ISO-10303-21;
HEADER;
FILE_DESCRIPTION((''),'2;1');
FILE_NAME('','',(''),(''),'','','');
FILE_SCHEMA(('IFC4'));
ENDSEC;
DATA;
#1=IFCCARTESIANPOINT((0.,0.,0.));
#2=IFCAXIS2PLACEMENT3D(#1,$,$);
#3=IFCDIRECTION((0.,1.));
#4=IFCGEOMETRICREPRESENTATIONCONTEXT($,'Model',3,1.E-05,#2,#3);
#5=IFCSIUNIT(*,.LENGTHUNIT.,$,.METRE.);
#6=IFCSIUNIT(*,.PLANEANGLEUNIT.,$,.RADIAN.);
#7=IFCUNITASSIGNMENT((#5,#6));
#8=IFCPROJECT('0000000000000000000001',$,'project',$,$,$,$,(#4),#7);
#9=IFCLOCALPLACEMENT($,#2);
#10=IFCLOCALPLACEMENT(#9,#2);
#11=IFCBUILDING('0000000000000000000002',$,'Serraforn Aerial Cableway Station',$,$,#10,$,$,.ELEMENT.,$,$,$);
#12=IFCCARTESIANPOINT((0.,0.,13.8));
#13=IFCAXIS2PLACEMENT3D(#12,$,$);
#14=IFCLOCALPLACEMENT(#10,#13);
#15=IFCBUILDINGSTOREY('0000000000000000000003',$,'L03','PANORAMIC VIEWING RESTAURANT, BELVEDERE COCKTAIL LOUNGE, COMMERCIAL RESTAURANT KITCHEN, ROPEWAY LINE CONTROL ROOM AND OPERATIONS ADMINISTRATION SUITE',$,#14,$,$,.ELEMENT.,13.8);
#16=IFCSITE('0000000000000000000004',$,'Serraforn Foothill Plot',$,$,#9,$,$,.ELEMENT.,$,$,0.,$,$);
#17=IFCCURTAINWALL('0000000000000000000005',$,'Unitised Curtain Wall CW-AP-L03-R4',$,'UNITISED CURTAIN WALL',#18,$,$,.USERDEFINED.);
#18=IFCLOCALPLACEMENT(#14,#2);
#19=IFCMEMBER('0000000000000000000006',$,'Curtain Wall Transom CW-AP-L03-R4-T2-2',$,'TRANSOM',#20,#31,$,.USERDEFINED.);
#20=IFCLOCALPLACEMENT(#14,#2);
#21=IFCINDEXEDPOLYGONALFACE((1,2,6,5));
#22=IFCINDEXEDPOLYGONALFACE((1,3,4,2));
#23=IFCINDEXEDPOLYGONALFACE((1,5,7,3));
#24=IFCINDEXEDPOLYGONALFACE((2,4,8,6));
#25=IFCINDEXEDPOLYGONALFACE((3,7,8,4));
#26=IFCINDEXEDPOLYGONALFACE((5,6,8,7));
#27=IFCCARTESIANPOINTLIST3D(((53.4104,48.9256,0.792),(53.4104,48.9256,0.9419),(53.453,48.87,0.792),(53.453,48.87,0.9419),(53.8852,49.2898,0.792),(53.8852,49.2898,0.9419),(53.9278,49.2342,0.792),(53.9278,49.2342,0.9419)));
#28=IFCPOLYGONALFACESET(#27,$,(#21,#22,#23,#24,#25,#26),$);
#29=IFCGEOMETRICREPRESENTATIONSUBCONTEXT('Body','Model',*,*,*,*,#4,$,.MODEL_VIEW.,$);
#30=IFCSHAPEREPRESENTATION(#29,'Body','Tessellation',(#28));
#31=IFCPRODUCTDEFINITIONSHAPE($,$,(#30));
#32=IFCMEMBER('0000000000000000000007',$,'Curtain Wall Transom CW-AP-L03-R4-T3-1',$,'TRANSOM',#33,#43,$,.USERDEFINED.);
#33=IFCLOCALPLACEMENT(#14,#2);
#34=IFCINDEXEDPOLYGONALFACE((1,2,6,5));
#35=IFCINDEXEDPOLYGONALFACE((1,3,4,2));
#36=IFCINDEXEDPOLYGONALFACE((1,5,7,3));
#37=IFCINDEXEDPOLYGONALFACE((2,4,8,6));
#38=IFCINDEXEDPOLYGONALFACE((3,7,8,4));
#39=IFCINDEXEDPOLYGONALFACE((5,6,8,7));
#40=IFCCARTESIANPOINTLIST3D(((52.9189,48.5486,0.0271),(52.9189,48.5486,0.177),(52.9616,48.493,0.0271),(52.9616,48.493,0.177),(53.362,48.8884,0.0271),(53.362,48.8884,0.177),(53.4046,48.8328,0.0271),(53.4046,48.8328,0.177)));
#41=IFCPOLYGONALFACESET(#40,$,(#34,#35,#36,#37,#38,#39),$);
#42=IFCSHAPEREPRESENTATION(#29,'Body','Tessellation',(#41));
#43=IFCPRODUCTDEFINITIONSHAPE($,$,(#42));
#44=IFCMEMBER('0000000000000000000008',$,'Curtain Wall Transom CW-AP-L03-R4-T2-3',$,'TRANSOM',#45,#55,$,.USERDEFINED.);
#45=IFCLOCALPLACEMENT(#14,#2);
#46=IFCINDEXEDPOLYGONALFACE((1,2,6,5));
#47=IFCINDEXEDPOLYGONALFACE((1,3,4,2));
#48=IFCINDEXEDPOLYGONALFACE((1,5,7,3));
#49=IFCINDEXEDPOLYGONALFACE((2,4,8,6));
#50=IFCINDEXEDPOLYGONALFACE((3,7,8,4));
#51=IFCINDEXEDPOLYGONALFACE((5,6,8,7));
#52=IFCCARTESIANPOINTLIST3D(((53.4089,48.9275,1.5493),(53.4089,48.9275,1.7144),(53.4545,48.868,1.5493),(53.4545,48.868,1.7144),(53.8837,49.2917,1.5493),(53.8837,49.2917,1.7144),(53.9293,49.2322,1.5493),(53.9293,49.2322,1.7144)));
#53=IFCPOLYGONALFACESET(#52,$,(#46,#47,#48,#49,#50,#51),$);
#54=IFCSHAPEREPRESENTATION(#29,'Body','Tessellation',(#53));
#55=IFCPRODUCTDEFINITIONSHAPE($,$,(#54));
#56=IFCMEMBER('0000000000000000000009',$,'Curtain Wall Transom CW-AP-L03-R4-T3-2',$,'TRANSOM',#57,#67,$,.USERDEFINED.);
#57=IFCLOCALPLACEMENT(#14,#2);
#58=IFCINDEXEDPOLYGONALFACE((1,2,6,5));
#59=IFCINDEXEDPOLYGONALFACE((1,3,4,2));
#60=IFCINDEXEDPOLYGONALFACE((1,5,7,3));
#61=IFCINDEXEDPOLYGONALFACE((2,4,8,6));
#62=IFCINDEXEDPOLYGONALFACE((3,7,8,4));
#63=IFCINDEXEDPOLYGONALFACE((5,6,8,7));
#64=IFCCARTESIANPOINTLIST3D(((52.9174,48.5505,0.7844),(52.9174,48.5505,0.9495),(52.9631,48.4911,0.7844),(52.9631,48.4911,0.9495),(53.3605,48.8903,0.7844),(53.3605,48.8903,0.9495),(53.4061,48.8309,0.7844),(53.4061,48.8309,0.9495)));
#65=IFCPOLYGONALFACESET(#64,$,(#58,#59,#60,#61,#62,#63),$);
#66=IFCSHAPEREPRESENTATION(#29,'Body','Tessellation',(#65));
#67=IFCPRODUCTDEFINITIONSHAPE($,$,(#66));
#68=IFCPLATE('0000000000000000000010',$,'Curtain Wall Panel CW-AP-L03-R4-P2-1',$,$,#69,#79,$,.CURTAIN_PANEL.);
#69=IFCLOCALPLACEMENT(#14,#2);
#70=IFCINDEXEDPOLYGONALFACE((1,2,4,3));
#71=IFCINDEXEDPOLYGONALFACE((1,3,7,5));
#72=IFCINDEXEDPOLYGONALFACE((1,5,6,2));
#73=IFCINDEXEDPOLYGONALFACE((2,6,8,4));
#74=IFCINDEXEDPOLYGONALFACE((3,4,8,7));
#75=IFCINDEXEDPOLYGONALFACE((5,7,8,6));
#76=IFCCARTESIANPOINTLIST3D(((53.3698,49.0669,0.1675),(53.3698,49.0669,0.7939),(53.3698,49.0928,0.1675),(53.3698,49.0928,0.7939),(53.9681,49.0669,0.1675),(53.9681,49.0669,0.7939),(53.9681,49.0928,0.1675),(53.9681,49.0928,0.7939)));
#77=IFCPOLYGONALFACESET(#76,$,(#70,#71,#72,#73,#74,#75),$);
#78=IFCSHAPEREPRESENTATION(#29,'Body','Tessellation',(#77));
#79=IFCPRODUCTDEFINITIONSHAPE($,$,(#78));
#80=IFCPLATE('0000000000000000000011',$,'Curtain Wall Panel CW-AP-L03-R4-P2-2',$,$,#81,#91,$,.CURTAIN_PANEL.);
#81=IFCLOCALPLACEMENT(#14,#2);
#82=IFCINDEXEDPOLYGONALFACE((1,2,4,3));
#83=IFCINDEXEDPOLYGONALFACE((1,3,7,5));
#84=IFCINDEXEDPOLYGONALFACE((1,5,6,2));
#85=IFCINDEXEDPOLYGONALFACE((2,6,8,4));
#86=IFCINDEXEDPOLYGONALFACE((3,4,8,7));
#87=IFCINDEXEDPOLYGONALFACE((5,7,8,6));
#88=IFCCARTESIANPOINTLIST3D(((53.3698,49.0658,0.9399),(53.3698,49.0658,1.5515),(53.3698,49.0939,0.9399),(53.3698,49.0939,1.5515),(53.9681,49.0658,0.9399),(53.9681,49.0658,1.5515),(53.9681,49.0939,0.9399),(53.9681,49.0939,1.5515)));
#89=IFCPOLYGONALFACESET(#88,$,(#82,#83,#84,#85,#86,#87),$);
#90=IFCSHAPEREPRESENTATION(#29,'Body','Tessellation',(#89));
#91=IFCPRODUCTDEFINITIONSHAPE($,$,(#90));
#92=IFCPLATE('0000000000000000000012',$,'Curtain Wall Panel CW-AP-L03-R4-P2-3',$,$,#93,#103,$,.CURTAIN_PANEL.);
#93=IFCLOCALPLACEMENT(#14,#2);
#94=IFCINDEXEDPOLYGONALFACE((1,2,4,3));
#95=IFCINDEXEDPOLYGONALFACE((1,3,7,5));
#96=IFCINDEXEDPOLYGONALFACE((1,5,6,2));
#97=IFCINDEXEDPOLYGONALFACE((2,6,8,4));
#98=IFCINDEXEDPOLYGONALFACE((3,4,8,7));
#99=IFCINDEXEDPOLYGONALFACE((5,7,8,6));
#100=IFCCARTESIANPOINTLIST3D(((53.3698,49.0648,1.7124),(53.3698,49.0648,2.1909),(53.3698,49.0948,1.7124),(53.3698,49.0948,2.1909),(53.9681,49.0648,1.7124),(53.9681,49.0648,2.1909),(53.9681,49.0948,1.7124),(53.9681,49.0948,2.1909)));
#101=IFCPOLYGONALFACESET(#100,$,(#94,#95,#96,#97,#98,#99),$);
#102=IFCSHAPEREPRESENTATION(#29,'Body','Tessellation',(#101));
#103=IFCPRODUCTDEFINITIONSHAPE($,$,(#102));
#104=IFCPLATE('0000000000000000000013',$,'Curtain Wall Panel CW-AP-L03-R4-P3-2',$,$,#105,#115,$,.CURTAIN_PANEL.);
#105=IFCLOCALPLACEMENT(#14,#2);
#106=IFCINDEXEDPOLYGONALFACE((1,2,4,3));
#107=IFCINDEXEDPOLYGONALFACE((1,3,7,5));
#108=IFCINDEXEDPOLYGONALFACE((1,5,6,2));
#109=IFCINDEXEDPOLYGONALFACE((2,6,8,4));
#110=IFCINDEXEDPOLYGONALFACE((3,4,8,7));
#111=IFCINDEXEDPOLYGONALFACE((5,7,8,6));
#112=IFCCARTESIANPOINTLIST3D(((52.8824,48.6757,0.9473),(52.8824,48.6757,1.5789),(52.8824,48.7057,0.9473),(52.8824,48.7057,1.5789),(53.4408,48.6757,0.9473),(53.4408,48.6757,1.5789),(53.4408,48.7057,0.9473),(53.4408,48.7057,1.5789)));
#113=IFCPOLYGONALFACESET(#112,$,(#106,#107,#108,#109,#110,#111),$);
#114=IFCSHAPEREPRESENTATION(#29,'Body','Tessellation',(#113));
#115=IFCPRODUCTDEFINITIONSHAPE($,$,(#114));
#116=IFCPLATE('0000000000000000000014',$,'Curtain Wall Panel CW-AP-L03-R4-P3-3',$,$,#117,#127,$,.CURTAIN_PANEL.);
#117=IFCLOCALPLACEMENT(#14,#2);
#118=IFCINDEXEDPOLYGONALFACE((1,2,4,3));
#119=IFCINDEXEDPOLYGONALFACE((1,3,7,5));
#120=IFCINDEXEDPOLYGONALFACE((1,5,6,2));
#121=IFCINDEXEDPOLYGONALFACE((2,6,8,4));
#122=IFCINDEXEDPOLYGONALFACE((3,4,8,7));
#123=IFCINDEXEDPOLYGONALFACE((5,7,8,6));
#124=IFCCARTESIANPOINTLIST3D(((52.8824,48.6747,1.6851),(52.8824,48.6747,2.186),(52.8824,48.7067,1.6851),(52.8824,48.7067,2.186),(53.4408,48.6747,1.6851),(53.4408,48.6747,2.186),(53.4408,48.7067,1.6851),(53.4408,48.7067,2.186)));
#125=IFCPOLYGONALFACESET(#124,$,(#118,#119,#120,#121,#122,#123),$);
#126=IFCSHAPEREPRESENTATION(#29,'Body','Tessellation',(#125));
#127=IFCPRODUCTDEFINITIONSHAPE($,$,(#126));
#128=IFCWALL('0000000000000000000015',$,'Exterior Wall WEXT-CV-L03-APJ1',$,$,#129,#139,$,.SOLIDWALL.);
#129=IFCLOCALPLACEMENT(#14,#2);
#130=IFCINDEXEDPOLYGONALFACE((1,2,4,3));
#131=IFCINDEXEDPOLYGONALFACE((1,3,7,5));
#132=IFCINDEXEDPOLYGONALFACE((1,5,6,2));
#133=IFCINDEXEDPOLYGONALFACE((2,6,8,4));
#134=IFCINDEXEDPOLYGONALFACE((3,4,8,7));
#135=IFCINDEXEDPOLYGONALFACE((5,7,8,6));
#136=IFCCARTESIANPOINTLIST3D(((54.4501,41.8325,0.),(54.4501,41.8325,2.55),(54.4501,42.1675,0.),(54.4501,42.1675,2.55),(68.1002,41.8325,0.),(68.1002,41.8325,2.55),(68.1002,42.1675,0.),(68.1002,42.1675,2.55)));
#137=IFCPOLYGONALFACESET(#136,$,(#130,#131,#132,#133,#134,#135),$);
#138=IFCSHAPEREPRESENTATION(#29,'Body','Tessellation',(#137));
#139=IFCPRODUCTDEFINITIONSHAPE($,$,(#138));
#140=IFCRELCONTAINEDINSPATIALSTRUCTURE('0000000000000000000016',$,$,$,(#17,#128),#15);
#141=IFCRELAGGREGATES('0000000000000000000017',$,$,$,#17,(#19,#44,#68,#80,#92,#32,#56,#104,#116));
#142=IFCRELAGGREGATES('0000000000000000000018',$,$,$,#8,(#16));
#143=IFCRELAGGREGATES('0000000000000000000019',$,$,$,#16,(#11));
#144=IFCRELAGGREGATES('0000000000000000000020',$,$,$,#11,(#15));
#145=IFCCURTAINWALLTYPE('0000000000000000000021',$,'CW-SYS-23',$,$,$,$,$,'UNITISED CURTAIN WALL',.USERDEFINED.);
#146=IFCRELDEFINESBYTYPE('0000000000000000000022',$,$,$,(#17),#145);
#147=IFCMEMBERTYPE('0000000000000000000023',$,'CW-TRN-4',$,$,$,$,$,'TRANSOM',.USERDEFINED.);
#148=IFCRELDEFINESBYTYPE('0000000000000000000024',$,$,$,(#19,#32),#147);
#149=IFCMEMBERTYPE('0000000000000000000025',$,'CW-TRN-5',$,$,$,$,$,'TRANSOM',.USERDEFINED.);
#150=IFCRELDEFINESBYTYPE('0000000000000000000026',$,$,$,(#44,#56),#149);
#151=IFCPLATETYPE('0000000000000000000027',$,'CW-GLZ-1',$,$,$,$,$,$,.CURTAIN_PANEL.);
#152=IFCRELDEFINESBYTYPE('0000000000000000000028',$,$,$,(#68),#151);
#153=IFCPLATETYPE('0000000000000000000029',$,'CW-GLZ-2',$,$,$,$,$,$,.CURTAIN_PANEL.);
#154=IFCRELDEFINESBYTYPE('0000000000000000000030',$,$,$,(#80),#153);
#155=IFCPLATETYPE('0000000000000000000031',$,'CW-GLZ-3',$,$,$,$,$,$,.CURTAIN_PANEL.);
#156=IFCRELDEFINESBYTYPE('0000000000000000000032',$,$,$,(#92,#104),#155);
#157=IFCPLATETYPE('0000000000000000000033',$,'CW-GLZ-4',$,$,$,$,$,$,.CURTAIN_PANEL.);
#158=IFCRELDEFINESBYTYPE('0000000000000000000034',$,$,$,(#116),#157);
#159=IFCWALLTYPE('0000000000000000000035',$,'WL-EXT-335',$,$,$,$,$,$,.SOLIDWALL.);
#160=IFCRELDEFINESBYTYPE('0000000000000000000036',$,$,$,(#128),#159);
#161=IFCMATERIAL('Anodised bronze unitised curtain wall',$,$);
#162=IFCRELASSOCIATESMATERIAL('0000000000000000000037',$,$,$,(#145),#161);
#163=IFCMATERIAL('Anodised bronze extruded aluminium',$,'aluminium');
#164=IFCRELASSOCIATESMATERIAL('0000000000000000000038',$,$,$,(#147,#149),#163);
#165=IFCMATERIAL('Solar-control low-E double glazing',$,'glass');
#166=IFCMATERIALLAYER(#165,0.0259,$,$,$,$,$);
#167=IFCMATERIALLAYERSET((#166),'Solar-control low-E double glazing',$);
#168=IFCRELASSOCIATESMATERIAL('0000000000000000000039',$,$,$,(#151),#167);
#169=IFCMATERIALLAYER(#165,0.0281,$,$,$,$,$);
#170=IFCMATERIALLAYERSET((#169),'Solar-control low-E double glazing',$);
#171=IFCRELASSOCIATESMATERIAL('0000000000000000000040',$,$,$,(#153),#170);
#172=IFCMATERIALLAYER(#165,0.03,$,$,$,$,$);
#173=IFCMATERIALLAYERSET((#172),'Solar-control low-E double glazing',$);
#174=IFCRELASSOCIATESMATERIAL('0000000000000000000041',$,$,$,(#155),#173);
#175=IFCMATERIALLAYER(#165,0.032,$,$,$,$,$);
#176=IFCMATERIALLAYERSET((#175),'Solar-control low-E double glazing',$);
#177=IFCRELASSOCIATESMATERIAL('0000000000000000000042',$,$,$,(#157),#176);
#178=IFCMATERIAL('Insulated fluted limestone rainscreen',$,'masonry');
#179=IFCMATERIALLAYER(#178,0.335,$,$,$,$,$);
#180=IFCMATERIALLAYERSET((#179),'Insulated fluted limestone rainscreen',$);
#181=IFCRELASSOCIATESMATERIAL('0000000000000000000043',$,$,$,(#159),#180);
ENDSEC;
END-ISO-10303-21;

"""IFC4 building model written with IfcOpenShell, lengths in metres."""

from ifc_helpers import new_model, si_unit, direction, frame, frame_2d, origin, origin_2d, place, context, subcontext, project, spatial, rectangle, extrude, material, layer, layer_set, material_profile, profile_set, type_object, element, aggregate, save


model = new_model("IFC4")

# Units and contexts
model_context = context("Model", 3, precision=1e-05, world=origin(), true_north=direction((0.0, 1.0)))
body_context = subcontext(model_context, "Body", "Model", "MODEL_VIEW")
ifc_project = project(units=[si_unit("LENGTHUNIT", "METRE"), si_unit("PLANEANGLEUNIT", "RADIAN")], contexts=[model_context])

# Site, building, storey
site_placement = place(None, origin())
site = spatial("IfcSite", under=ifc_project, at=site_placement, Name="Serraforn Foothill Plot", CompositionType="ELEMENT", RefElevation=0.0)
building_placement = place(site_placement, origin())
building = spatial("IfcBuilding", under=site, at=building_placement, Name="Serraforn Aerial Cableway Station", CompositionType="ELEMENT")
storey_placement = place(building_placement, frame((0.0, 0.0, 13.8)))
storey = spatial("IfcBuildingStorey", under=building, at=storey_placement, Name="L03", Description="PANORAMIC VIEWING RESTAURANT, BELVEDERE COCKTAIL LOUNGE, COMMERCIAL RESTAURANT KITCHEN, ROPEWAY LINE CONTROL ROOM AND OPERATIONS ADMINISTRATION SUITE", CompositionType="ELEMENT", Elevation=13.8)

# Curtain wall, members, plates
ifc_material_1 = material(Name="Anodised bronze unitised curtain wall")
curtain_wall_type = type_object("IfcCurtainWallType", Name="CW-SYS-23", ElementType="UNITISED CURTAIN WALL", PredefinedType="USERDEFINED", material=ifc_material_1)
curtain_wall_placement = place(storey_placement, origin())
curtain_wall = element("IfcCurtainWall", 1, at=curtain_wall_placement, inside=storey, type_object=curtain_wall_type, Name="Unitised Curtain Wall CW-AP-L03-R4", ObjectType="UNITISED CURTAIN WALL", PredefinedType="USERDEFINED")
ifc_material_2 = material(Name="Anodised bronze extruded aluminium", Category="aluminium")
ifc_material_profile_1 = material_profile(ifc_material_2, rectangle(XDim=0.0701, YDim=0.1499, at=origin_2d()), Name="CW TRANSOM 70x150")
ifc_profile_set_1 = profile_set([ifc_material_profile_1], Name="Anodised bronze extruded aluminium")
member_type_1 = type_object("IfcMemberType", Name="CW-TRN-4", ElementType="TRANSOM", PredefinedType="USERDEFINED", material=ifc_profile_set_1)
member_1_placement = place(storey_placement, frame((53.9065, 49.262, 0.8669), z_axis=(-0.793442, -0.608646, 0.0), x_axis=(0.608646, -0.793442, 0.0)))
member_1 = element("IfcMember", 2, at=member_1_placement, type_object=member_type_1, Name="Curtain Wall Transom CW-AP-L03-R4-T2-2", ObjectType="TRANSOM", PredefinedType="USERDEFINED", context=body_context, shape_type="SweptSolid", body=[
    extrude(rectangle(XDim=0.0701, YDim=0.1499, at=origin_2d()), origin(), (0.0, 0.0, 1.0), 0.5984),
])
member_2_placement = place(storey_placement, frame((53.3833, 48.8606, 0.1021), z_axis=(-0.793501, -0.608569, 0.0), x_axis=(0.608569, -0.793501, 0.0)))
member_2 = element("IfcMember", 3, at=member_2_placement, type_object=member_type_1, Name="Curtain Wall Transom CW-AP-L03-R4-T3-1", ObjectType="TRANSOM", PredefinedType="USERDEFINED", context=body_context, shape_type="SweptSolid", body=[
    extrude(rectangle(XDim=0.0701, YDim=0.1499, at=origin_2d()), origin(), (0.0, 0.0, 1.0), 0.5583),
])
ifc_material_profile_2 = material_profile(ifc_material_2, rectangle(XDim=0.075, YDim=0.165, at=origin_2d()), Name="CW TRANSOM 75x165")
ifc_profile_set_2 = profile_set([ifc_material_profile_2], Name="Anodised bronze extruded aluminium")
member_type_2 = type_object("IfcMemberType", Name="CW-TRN-5", ElementType="TRANSOM", PredefinedType="USERDEFINED", material=ifc_profile_set_2)
member_3_placement = place(storey_placement, frame((53.9065, 49.262, 1.6318), z_axis=(-0.793442, -0.608646, 0.0), x_axis=(0.608646, -0.793442, 0.0)))
member_3 = element("IfcMember", 4, at=member_3_placement, type_object=member_type_2, Name="Curtain Wall Transom CW-AP-L03-R4-T2-3", ObjectType="TRANSOM", PredefinedType="USERDEFINED", context=body_context, shape_type="SweptSolid", body=[
    extrude(rectangle(XDim=0.075, YDim=0.165, at=origin_2d()), origin(), (0.0, 0.0, 1.0), 0.5984),
])
member_4_placement = place(storey_placement, frame((53.3833, 48.8606, 0.8669), z_axis=(-0.793501, -0.608569, 0.0), x_axis=(0.608569, -0.793501, 0.0)))
member_4 = element("IfcMember", 5, at=member_4_placement, type_object=member_type_2, Name="Curtain Wall Transom CW-AP-L03-R4-T3-2", ObjectType="TRANSOM", PredefinedType="USERDEFINED", context=body_context, shape_type="SweptSolid", body=[
    extrude(rectangle(XDim=0.075, YDim=0.165, at=origin_2d()), origin(), (0.0, 0.0, 1.0), 0.5583),
])
ifc_material_3 = material(Name="Solar-control low-E double glazing", Category="glass")
ifc_layer_1 = layer(ifc_material_3, 0.0259)
ifc_layer_set_1 = layer_set([ifc_layer_1], Name="Solar-control low-E double glazing")
plate_type_1 = type_object("IfcPlateType", Name="CW-GLZ-1", PredefinedType="CURTAIN_PANEL", material=ifc_layer_set_1)
plate_1_placement = place(storey_placement, frame((53.6689, 49.0798, 0.1675), z_axis=(0.0, 0.0, 1.0), x_axis=(1.0, 0.0, 0.0)))
plate_1 = element("IfcPlate", 6, at=plate_1_placement, type_object=plate_type_1, Name="Curtain Wall Panel CW-AP-L03-R4-P2-1", PredefinedType="CURTAIN_PANEL", context=body_context, shape_type="SweptSolid", body=[
    extrude(rectangle(XDim=0.5984, YDim=0.0259, at=origin_2d()), origin(), (0.0, 0.0, 1.0), 0.6265),
])
ifc_layer_2 = layer(ifc_material_3, 0.0281)
ifc_layer_set_2 = layer_set([ifc_layer_2], Name="Solar-control low-E double glazing")
plate_type_2 = type_object("IfcPlateType", Name="CW-GLZ-2", PredefinedType="CURTAIN_PANEL", material=ifc_layer_set_2)
plate_2_placement = place(storey_placement, frame((53.6689, 49.0798, 0.9399), z_axis=(0.0, 0.0, 1.0), x_axis=(1.0, 0.0, 0.0)))
plate_2 = element("IfcPlate", 7, at=plate_2_placement, type_object=plate_type_2, Name="Curtain Wall Panel CW-AP-L03-R4-P2-2", PredefinedType="CURTAIN_PANEL", context=body_context, shape_type="SweptSolid", body=[
    extrude(rectangle(XDim=0.5984, YDim=0.0281, at=origin_2d()), origin(), (0.0, 0.0, 1.0), 0.6116),
])
ifc_layer_3 = layer(ifc_material_3, 0.03)
ifc_layer_set_3 = layer_set([ifc_layer_3], Name="Solar-control low-E double glazing")
plate_type_3 = type_object("IfcPlateType", Name="CW-GLZ-3", PredefinedType="CURTAIN_PANEL", material=ifc_layer_set_3)
plate_3_placement = place(storey_placement, frame((53.6689, 49.0798, 1.7124), z_axis=(0.0, 0.0, 1.0), x_axis=(1.0, 0.0, 0.0)))
plate_3 = element("IfcPlate", 8, at=plate_3_placement, type_object=plate_type_3, Name="Curtain Wall Panel CW-AP-L03-R4-P2-3", PredefinedType="CURTAIN_PANEL", context=body_context, shape_type="SweptSolid", body=[
    extrude(rectangle(XDim=0.5984, YDim=0.03, at=origin_2d()), origin(), (0.0, 0.0, 1.0), 0.4785),
])
plate_4_placement = place(storey_placement, frame((53.1616, 48.6907, 0.9473), z_axis=(0.0, 0.0, 1.0), x_axis=(1.0, 0.0, 0.0)))
plate_4 = element("IfcPlate", 9, at=plate_4_placement, type_object=plate_type_3, Name="Curtain Wall Panel CW-AP-L03-R4-P3-2", PredefinedType="CURTAIN_PANEL", context=body_context, shape_type="SweptSolid", body=[
    extrude(rectangle(XDim=0.5583, YDim=0.03, at=origin_2d()), origin(), (0.0, 0.0, 1.0), 0.6316),
])
ifc_layer_4 = layer(ifc_material_3, 0.032)
ifc_layer_set_4 = layer_set([ifc_layer_4], Name="Solar-control low-E double glazing")
plate_type_4 = type_object("IfcPlateType", Name="CW-GLZ-4", PredefinedType="CURTAIN_PANEL", material=ifc_layer_set_4)
plate_5_placement = place(storey_placement, frame((53.1616, 48.6907, 1.6851), z_axis=(0.0, 0.0, 1.0), x_axis=(1.0, 0.0, 0.0)))
plate_5 = element("IfcPlate", 10, at=plate_5_placement, type_object=plate_type_4, Name="Curtain Wall Panel CW-AP-L03-R4-P3-3", PredefinedType="CURTAIN_PANEL", context=body_context, shape_type="SweptSolid", body=[
    extrude(rectangle(XDim=0.5583, YDim=0.032, at=origin_2d()), origin(), (0.0, 0.0, 1.0), 0.501),
])
aggregate(curtain_wall, [member_1, member_3, plate_1, plate_2, plate_3, member_2, member_4, plate_4, plate_5])

# Wall
ifc_material_4 = material(Name="Insulated fluted limestone rainscreen", Category="masonry")
ifc_layer_5 = layer(ifc_material_4, 0.335)
ifc_layer_set_5 = layer_set([ifc_layer_5], Name="Insulated fluted limestone rainscreen")
wall_type = type_object("IfcWallType", Name="WL-EXT-335", PredefinedType="SOLIDWALL", material=ifc_layer_set_5)
wall_placement = place(storey_placement, frame((54.45, 42.0, 0.0), z_axis=(0.0, 0.0, 1.0), x_axis=(1.0, 0.0, 0.0)))
element("IfcWall", 11, at=wall_placement, inside=storey, type_object=wall_type, Name="Exterior Wall WEXT-CV-L03-APJ1", PredefinedType="SOLIDWALL", context=body_context, shape_type="SweptSolid", body=[
    extrude(rectangle(XDim=13.6501, YDim=0.335, at=frame_2d((6.8252, 0.0))), origin(), (0.0, 0.0, 1.0), 2.55),
])

save(model, "model.ifc")
